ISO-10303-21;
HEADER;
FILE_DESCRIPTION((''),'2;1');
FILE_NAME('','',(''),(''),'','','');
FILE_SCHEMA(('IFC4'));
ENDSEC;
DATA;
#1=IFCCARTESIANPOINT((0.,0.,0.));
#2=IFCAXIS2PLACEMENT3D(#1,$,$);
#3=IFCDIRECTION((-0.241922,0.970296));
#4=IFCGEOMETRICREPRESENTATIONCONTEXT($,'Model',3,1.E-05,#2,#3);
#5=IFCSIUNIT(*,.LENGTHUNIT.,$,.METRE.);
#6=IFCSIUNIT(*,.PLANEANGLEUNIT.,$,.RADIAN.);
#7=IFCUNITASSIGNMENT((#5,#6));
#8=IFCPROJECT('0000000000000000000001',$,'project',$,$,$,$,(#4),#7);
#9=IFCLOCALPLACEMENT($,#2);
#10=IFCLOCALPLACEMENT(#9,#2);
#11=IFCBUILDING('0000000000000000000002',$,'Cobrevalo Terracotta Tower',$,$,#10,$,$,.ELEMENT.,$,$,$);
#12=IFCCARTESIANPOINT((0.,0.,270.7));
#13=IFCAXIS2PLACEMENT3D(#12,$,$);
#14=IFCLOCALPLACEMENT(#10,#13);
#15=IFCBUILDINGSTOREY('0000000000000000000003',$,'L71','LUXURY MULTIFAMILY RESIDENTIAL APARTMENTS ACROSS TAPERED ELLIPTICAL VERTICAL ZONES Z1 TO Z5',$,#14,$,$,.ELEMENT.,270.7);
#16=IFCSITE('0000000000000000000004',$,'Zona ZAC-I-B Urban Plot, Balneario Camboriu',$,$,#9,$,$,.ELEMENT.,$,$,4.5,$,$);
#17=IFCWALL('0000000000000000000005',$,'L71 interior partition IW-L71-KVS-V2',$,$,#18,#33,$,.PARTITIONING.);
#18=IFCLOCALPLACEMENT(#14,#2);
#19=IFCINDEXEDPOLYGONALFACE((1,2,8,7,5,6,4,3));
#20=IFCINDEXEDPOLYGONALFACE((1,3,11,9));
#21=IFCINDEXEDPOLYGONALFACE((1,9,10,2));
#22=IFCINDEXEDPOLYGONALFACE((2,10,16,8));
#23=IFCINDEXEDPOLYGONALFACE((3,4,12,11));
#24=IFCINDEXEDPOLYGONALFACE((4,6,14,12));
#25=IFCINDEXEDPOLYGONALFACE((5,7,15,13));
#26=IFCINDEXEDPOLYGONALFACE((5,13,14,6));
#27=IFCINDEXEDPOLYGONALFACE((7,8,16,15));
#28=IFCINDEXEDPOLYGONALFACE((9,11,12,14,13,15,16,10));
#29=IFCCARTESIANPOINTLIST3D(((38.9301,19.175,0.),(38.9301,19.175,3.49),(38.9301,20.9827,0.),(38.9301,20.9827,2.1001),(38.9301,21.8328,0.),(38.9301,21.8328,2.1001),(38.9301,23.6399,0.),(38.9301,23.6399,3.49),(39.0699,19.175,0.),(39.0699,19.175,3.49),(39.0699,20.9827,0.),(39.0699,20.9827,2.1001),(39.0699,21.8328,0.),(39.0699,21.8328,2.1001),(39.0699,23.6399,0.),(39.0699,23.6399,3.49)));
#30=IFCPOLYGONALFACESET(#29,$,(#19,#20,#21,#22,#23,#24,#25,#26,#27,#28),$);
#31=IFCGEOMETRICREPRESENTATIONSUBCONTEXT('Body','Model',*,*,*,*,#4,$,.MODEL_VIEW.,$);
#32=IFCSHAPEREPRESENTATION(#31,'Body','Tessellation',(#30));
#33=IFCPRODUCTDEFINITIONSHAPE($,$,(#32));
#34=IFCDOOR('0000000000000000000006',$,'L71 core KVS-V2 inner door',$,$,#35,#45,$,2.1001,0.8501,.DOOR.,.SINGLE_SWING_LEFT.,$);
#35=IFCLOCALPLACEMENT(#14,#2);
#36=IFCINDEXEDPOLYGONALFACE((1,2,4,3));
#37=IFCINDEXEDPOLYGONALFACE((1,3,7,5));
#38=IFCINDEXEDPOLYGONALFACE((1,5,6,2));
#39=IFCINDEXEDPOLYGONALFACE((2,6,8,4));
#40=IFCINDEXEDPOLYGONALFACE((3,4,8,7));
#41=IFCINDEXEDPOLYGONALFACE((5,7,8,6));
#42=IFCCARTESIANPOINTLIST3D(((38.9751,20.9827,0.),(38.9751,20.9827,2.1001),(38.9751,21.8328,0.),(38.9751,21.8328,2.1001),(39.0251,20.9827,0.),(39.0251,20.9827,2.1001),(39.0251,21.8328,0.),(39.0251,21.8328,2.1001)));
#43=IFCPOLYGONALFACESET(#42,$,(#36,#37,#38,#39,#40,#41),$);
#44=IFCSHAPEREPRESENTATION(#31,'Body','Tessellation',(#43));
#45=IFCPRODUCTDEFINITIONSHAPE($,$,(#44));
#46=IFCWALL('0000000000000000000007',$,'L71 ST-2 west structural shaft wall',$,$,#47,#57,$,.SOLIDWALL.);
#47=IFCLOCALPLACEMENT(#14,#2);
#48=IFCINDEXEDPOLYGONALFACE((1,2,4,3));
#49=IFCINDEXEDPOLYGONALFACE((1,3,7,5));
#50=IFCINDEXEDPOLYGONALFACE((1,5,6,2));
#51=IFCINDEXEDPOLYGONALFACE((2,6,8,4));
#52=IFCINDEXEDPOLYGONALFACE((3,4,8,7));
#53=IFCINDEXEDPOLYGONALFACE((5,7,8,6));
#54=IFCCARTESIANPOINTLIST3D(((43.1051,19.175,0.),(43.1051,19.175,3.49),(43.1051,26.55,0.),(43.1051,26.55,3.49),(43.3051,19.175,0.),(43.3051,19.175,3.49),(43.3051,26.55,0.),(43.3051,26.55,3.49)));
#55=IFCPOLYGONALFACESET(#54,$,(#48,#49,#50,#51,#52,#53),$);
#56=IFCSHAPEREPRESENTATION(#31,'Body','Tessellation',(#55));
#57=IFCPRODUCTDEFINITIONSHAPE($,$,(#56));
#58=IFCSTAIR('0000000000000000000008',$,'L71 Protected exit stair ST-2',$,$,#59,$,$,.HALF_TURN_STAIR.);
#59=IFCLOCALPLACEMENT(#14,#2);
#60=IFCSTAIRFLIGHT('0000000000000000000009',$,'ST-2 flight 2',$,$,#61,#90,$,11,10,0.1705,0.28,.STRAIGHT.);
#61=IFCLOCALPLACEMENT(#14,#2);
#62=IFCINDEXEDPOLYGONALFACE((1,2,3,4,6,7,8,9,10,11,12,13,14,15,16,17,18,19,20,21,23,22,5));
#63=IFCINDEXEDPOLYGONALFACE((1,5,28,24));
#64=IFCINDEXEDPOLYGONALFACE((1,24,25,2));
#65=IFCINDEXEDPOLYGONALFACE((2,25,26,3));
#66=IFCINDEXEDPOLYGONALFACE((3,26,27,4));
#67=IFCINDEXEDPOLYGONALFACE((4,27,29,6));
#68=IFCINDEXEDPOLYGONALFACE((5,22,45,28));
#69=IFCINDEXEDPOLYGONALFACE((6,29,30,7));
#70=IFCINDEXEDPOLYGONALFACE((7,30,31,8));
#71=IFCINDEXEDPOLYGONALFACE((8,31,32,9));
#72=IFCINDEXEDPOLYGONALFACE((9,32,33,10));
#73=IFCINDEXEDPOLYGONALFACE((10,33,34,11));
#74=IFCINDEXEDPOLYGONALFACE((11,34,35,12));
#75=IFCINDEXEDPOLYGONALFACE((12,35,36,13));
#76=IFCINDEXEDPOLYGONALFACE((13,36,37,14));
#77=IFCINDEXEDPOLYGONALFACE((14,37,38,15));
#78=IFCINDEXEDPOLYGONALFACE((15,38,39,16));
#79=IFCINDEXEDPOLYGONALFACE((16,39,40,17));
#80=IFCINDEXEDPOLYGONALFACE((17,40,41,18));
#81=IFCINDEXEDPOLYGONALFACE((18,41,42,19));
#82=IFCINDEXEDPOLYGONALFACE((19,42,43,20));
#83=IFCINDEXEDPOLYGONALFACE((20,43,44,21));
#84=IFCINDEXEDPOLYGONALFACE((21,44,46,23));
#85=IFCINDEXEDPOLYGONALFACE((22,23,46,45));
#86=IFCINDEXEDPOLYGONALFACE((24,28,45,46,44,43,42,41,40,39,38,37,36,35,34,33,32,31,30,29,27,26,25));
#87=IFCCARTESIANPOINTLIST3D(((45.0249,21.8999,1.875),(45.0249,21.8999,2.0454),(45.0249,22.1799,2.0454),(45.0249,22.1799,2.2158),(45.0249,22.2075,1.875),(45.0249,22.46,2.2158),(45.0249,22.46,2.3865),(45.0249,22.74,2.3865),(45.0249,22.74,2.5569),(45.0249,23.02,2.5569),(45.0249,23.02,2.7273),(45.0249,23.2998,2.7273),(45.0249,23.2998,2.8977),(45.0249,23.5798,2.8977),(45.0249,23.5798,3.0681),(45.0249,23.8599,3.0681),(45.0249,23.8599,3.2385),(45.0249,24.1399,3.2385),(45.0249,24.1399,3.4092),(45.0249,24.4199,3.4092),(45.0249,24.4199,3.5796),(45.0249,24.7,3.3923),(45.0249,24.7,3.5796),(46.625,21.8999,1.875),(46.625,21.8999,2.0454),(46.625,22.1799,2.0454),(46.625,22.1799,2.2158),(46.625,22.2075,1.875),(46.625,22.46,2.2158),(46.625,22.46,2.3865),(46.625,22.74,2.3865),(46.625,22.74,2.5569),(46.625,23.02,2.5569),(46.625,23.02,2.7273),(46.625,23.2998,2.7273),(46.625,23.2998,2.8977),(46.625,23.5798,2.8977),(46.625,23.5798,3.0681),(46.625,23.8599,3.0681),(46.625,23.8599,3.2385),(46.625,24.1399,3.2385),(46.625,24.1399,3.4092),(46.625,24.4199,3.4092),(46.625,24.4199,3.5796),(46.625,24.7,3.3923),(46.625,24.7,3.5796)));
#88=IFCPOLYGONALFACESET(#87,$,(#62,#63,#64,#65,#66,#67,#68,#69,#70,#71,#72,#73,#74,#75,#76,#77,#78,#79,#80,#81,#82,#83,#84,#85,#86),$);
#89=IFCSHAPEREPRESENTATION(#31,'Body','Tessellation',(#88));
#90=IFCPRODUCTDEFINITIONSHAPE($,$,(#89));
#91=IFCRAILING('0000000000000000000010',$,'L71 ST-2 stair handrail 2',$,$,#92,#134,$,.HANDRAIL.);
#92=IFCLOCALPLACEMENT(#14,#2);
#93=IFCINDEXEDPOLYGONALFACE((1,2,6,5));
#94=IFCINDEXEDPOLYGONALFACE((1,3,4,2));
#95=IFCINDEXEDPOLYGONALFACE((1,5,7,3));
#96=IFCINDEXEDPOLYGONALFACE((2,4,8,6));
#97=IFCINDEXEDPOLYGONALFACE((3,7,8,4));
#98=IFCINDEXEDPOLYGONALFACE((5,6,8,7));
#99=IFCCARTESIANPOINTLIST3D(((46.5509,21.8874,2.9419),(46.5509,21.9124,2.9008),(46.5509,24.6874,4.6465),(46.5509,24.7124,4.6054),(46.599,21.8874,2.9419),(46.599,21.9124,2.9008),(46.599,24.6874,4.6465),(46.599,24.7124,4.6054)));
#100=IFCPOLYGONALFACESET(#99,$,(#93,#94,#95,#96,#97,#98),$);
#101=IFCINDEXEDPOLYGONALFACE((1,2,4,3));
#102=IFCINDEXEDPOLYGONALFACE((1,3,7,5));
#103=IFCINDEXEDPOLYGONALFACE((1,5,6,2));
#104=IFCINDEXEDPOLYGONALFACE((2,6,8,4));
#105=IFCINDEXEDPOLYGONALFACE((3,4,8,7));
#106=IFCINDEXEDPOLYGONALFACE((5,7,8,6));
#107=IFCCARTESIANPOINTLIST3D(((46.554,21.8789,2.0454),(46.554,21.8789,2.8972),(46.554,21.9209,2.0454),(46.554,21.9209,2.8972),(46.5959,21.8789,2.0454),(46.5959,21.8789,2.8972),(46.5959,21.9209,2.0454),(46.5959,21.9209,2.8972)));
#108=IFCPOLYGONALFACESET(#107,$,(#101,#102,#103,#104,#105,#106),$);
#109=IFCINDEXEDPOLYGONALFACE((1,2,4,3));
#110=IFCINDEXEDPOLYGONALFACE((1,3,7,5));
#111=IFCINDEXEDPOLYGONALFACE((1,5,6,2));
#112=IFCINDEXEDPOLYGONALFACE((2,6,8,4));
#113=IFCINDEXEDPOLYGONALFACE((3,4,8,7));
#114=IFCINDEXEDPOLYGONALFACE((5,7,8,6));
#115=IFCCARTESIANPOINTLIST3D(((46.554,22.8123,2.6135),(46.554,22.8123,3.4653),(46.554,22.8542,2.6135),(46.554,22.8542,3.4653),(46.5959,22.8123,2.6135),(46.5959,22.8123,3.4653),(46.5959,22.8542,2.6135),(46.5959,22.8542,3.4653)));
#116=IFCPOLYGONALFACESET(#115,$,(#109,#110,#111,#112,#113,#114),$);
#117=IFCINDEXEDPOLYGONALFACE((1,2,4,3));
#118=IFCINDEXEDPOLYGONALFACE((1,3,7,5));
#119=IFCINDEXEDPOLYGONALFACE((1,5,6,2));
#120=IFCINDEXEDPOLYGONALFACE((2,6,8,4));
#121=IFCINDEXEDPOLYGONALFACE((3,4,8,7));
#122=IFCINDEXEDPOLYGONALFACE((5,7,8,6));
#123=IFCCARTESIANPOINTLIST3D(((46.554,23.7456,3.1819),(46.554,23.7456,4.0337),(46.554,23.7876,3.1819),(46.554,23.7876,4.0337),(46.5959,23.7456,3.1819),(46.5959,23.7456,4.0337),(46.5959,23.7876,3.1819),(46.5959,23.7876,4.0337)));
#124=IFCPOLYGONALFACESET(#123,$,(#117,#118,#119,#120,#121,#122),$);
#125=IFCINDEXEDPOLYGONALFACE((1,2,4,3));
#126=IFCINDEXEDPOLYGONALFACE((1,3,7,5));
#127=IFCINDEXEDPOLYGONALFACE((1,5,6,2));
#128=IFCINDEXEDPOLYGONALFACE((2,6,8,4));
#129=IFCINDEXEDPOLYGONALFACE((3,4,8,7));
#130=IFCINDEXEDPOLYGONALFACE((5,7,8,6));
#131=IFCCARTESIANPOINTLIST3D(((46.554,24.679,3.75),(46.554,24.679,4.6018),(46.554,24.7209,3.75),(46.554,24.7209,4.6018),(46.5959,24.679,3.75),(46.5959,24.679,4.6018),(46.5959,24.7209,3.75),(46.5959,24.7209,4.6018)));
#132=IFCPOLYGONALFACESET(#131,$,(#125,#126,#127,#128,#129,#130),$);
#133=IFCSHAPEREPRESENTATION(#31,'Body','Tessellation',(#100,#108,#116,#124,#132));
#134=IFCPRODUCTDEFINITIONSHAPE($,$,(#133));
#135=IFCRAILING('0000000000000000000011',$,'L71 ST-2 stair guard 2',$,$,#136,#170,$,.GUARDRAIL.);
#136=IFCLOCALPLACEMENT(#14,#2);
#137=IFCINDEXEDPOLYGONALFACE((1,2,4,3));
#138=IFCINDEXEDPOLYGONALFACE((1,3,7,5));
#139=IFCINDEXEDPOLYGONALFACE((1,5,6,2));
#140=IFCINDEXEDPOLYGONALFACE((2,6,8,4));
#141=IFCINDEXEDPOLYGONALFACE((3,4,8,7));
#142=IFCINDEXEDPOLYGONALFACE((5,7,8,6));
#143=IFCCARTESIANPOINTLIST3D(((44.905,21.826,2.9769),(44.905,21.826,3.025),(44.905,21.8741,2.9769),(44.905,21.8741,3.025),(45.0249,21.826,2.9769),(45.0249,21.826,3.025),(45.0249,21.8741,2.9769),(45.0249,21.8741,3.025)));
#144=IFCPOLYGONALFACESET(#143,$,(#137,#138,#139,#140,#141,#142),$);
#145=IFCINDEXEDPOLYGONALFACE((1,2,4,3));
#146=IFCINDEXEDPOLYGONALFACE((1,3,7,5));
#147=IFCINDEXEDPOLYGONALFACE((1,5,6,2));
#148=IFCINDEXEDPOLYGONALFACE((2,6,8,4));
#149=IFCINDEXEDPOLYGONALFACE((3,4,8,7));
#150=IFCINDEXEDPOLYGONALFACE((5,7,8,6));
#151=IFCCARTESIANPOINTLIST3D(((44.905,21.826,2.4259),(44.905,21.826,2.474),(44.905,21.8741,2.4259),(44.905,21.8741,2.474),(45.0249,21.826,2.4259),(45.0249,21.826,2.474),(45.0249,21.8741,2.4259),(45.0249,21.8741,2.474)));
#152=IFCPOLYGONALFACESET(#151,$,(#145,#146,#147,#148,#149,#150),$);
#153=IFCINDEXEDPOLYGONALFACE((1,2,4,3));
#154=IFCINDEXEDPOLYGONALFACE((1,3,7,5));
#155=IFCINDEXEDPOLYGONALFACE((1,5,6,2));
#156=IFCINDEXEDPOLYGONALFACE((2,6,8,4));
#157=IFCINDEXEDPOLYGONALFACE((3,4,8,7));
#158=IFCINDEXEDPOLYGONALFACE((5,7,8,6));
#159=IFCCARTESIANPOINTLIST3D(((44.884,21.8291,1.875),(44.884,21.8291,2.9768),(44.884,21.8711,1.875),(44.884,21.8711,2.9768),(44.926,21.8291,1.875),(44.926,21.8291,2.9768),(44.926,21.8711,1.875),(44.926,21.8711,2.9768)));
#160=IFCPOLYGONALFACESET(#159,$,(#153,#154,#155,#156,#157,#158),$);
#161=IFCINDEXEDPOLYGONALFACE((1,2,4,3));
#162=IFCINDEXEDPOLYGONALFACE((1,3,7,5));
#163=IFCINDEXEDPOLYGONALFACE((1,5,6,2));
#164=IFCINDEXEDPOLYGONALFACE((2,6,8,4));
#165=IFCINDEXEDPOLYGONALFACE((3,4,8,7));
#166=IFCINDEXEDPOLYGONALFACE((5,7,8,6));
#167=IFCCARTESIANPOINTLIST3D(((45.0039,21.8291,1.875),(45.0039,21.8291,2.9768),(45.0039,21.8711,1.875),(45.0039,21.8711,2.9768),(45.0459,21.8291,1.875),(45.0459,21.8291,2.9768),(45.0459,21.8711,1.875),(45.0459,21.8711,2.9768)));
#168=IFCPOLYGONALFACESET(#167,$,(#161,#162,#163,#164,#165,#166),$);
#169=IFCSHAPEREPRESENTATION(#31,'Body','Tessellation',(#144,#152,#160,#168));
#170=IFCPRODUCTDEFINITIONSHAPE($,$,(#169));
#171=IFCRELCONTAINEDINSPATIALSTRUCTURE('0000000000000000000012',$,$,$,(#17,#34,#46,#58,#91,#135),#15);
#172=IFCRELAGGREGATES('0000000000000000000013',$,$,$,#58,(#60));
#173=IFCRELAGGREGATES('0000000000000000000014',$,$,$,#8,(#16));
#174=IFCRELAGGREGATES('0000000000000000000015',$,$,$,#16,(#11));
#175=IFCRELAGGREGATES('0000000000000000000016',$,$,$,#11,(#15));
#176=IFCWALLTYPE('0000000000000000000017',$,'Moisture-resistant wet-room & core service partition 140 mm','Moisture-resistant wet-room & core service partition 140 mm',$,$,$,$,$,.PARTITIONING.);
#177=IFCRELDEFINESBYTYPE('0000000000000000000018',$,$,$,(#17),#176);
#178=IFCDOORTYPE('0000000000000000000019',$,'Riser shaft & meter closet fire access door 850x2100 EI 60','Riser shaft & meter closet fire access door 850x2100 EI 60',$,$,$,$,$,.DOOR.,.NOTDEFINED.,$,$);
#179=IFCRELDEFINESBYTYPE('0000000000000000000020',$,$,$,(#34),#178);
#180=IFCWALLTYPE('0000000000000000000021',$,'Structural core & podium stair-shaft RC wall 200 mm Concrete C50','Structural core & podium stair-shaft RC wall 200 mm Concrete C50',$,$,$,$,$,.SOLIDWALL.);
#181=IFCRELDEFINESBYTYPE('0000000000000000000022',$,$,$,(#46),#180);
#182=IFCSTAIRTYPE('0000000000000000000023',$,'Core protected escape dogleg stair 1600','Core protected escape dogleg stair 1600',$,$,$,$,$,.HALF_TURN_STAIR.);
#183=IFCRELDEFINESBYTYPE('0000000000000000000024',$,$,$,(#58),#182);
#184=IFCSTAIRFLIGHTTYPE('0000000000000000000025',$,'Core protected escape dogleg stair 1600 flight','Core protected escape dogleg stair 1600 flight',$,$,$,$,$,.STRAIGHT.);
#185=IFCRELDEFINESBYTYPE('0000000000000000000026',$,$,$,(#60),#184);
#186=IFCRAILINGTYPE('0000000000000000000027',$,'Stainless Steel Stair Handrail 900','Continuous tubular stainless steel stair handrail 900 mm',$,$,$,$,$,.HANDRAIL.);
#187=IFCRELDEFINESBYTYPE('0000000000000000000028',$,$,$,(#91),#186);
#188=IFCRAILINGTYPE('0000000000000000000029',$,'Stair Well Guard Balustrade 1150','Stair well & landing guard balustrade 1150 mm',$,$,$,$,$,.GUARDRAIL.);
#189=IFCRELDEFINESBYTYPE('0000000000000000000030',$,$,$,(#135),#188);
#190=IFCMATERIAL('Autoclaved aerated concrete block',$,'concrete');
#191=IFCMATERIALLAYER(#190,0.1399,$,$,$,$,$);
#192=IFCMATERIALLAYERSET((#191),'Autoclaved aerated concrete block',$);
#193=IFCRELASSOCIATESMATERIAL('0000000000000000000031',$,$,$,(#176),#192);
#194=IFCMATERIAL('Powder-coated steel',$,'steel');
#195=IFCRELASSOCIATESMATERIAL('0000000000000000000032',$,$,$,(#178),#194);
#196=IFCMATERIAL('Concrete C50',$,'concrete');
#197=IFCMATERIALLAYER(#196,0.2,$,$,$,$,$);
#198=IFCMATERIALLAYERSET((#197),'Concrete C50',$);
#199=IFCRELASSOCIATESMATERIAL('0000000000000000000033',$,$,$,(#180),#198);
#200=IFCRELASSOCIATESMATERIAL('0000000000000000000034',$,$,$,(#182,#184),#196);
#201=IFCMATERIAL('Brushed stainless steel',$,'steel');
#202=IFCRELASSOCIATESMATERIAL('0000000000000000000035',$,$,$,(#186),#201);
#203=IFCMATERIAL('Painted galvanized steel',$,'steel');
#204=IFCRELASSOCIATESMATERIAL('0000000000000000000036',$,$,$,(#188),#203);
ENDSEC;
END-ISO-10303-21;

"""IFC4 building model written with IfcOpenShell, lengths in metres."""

from ifc_helpers import new_model, si_unit, direction, frame, frame_2d, origin, origin_2d, place, context, subcontext, project, spatial, polyline, rectangle, outline, extrude, source, transform, mapped, material, layer, layer_set, type_object, element, fill, aggregate, save


model = new_model("IFC4")

# Units and contexts
model_context = context("Model", 3, precision=1e-05, world=origin(), true_north=direction((-0.241922, 0.970296)))
body_context = subcontext(model_context, "Body", "Model", "MODEL_VIEW")
ifc_project = project(units=[si_unit("LENGTHUNIT", "METRE"), si_unit("PLANEANGLEUNIT", "RADIAN")], contexts=[model_context])

# Site, building, storey
site_placement = place(None, origin())
site = spatial("IfcSite", under=ifc_project, at=site_placement, Name="Zona ZAC-I-B Urban Plot, Balneario Camboriu", CompositionType="ELEMENT", RefElevation=4.5)
building_placement = place(site_placement, origin())
building = spatial("IfcBuilding", under=site, at=building_placement, Name="Cobrevalo Terracotta Tower", CompositionType="ELEMENT")
storey_placement = place(building_placement, frame((0.0, 0.0, 270.7)))
storey = spatial("IfcBuildingStorey", under=building, at=storey_placement, Name="L71", Description="LUXURY MULTIFAMILY RESIDENTIAL APARTMENTS ACROSS TAPERED ELLIPTICAL VERTICAL ZONES Z1 TO Z5", CompositionType="ELEMENT", Elevation=270.7)

# Shared definitions
ifc_material_1 = material(Name="Autoclaved aerated concrete block", Category="concrete")

# Shared definitions
ifc_material_2 = material(Name="Concrete C50", Category="concrete")

# Shared definitions
ifc_layer_1 = layer(ifc_material_1, 0.1399)
ifc_layer_set_1 = layer_set([ifc_layer_1], Name="Autoclaved aerated concrete block")
wall_type_1 = type_object("IfcWallType", Name="Moisture-resistant wet-room & core service partition 140 mm", Description="Moisture-resistant wet-room & core service partition 140 mm", PredefinedType="PARTITIONING", material=ifc_layer_set_1)

# Wall, opening, door
ifc_material_3 = material(Name="Powder-coated steel", Category="steel")
door_type_1 = type_object("IfcDoorType", Name="Riser shaft & meter closet fire access door 850x2100 EI 60", Description="Riser shaft & meter closet fire access door 850x2100 EI 60", OperationType="NOTDEFINED", PredefinedType="DOOR", material=ifc_material_3)
shared_shape_1 = source(origin(), body_context, "Body", "SweptSolid", [
    extrude(rectangle(XDim=0.8501, YDim=2.1001, at=frame_2d((0.425, 1.05))), frame((0.0, 0.0249, 0.0), z_axis=(0.0, -1.0, 0.0), x_axis=(1.0, 0.0, 0.0)), (0.0, 0.0, 1.0), 0.05),
])
wall_1_placement = place(storey_placement, frame((39.0, 19.175, 0.0), z_axis=(0.0, 0.0, 1.0), x_axis=(0.0, 1.0, 0.0)))
wall_1 = element("IfcWall", 1, at=wall_1_placement, inside=storey, type_object=wall_type_1, Name="L71 interior partition IW-L71-KVS-V2", PredefinedType="PARTITIONING", context=body_context, shape_type="SweptSolid", body=[
    extrude(rectangle(XDim=4.4648, YDim=0.1399, at=frame_2d((2.2324, 0.0))), origin(), (0.0, 0.0, 1.0), 3.49),
])
opening_1_placement = place(wall_1_placement, frame((1.8076, 0.0, 0.0)))
opening_1 = element("IfcOpeningElement", 2, at=opening_1_placement, cuts=wall_1, PredefinedType="OPENING", context=body_context, shape_type="SweptSolid", body=[
    extrude(rectangle(XDim=0.8501, YDim=2.1001, at=frame_2d((0.425, 1.05))), frame((0.0, 0.0801, 0.0), z_axis=(0.0, -1.0, 0.0), x_axis=(1.0, 0.0, 0.0)), (0.0, 0.0, 1.0), 0.1599),
])
door_1_placement = place(opening_1_placement, origin())
door_1 = element("IfcDoor", 3, at=door_1_placement, inside=storey, type_object=door_type_1, Name="L71 core KVS-V2 inner door", OperationType="SINGLE_SWING_LEFT", OverallHeight=2.1001, OverallWidth=0.8501, PredefinedType="DOOR", context=body_context, shape_type="MappedRepresentation", body=[
    mapped(shared_shape_1, transform((0.0, 0.0, 0.0), scale=1.0)),
])
fill(opening_1, door_1)

# Wall
ifc_layer_2 = layer(ifc_material_2, 0.2)
ifc_layer_set_2 = layer_set([ifc_layer_2], Name="Concrete C50")
wall_type_2 = type_object("IfcWallType", Name="Structural core & podium stair-shaft RC wall 200 mm Concrete C50", Description="Structural core & podium stair-shaft RC wall 200 mm Concrete C50", PredefinedType="SOLIDWALL", material=ifc_layer_set_2)
wall_2_placement = place(storey_placement, frame((43.2051, 19.175, 0.0), z_axis=(0.0, 0.0, 1.0), x_axis=(0.0, 1.0, 0.0)))
element("IfcWall", 4, at=wall_2_placement, inside=storey, type_object=wall_type_2, Name="L71 ST-2 west structural shaft wall", PredefinedType="SOLIDWALL", context=body_context, shape_type="SweptSolid", body=[
    extrude(rectangle(XDim=7.375, YDim=0.2, at=frame_2d((3.6875, 0.0))), origin(), (0.0, 0.0, 1.0), 3.49),
])

# Stair, stair flight
stair_type = type_object("IfcStairType", Name="Core protected escape dogleg stair 1600", Description="Core protected escape dogleg stair 1600", PredefinedType="HALF_TURN_STAIR", material=ifc_material_2)
stair_placement = place(storey_placement, origin())
stair = element("IfcStair", 5, at=stair_placement, inside=storey, type_object=stair_type, Name="L71 Protected exit stair ST-2", PredefinedType="HALF_TURN_STAIR")
stair_flight_type = type_object("IfcStairFlightType", Name="Core protected escape dogleg stair 1600 flight", Description="Core protected escape dogleg stair 1600 flight", PredefinedType="STRAIGHT", material=ifc_material_2)
stair_flight_placement = place(storey_placement, frame((45.825, 21.8999, 1.875), z_axis=(0.0, 0.0, 1.0), x_axis=(0.0, 1.0, 0.0)))
stair_flight = element("IfcStairFlight", 6, at=stair_flight_placement, type_object=stair_flight_type, Name="ST-2 flight 2", NumberOfRisers=11, NumberOfTreads=10, PredefinedType="STRAIGHT", RiserHeight=0.1705, TreadLength=0.28, context=body_context, shape_type="SweptSolid", body=[
    extrude(outline(polyline([(0.0, 0.0), (0.0, 0.1704), (0.28, 0.1704), (0.28, 0.3408), (0.5601, 0.3408), (0.5601, 0.5115), (0.8401, 0.5115), (0.8401, 0.6819), (1.1201, 0.6819), (1.1201, 0.8523), (1.3999, 0.8523), (1.3999, 1.0227), (1.6799, 1.0227), (1.6799, 1.1931), (1.96, 1.1931), (1.96, 1.3635), (2.24, 1.3635), (2.24, 1.5342), (2.52, 1.5342), (2.52, 1.7046), (2.8, 1.7046), (2.8, 1.875), (2.8, 1.5173), (0.3076, 0.0), (0.0, 0.0)])), frame((0.0, 0.8, 0.0), z_axis=(0.0, -1.0, 0.0), x_axis=(1.0, 0.0, 0.0)), (0.0, 0.0, 1.0), 1.6001),
])
aggregate(stair, [stair_flight])

# Railings
ifc_material_4 = material(Name="Brushed stainless steel", Category="steel")
railing_type_1 = type_object("IfcRailingType", Name="Stainless Steel Stair Handrail 900", Description="Continuous tubular stainless steel stair handrail 900 mm", PredefinedType="HANDRAIL", material=ifc_material_4)
railing_1_placement = place(storey_placement, frame((46.575, 21.8999, 2.0454)))
element("IfcRailing", 7, at=railing_1_placement, inside=storey, type_object=railing_type_1, Name="L71 ST-2 stair handrail 2", PredefinedType="HANDRAIL", context=body_context, shape_type="SweptSolid", body=[
    extrude(rectangle(XDim=0.0481, YDim=0.0481, at=origin_2d()), frame((0.0, 0.0, 0.876), z_axis=(0.0, 0.85417, 0.519994), x_axis=(-1.0, 0.0, 0.0)), (0.0, 0.0, 1.0), 3.2781),
    extrude(rectangle(XDim=0.042, YDim=0.042, at=origin_2d()), origin(), (0.0, 0.0, 1.0), 0.8518),
    extrude(rectangle(XDim=0.042, YDim=0.042, at=origin_2d()), frame((0.0, 0.9333, 0.5681)), (0.0, 0.0, 1.0), 0.8518),
    extrude(rectangle(XDim=0.042, YDim=0.042, at=origin_2d()), frame((0.0, 1.8667, 1.1365)), (0.0, 0.0, 1.0), 0.8518),
    extrude(rectangle(XDim=0.042, YDim=0.042, at=origin_2d()), frame((0.0, 2.8, 1.7046)), (0.0, 0.0, 1.0), 0.8518),
])
ifc_material_5 = material(Name="Painted galvanized steel", Category="steel")
railing_type_2 = type_object("IfcRailingType", Name="Stair Well Guard Balustrade 1150", Description="Stair well & landing guard balustrade 1150 mm", PredefinedType="GUARDRAIL", material=ifc_material_5)
railing_2_placement = place(storey_placement, frame((44.905, 21.8501, 1.875)))
element("IfcRailing", 8, at=railing_2_placement, inside=storey, type_object=railing_type_2, Name="L71 ST-2 stair guard 2", PredefinedType="GUARDRAIL", context=body_context, shape_type="SweptSolid", body=[
    extrude(rectangle(XDim=0.0481, YDim=0.0481, at=origin_2d()), frame((0.0, 0.0, 1.126), z_axis=(1.0, 0.0, 0.0), x_axis=(0.0, 1.0, 0.0)), (0.0, 0.0, 1.0), 0.1199),
    extrude(rectangle(XDim=0.0481, YDim=0.0481, at=origin_2d()), frame((0.0, 0.0, 0.575), z_axis=(1.0, 0.0, 0.0), x_axis=(0.0, 1.0, 0.0)), (0.0, 0.0, 1.0), 0.1199),
    extrude(rectangle(XDim=0.042, YDim=0.042, at=origin_2d()), origin(), (0.0, 0.0, 1.0), 1.1018),
    extrude(rectangle(XDim=0.042, YDim=0.042, at=origin_2d()), frame((0.1199, 0.0, 0.0)), (0.0, 0.0, 1.0), 1.1018),
])

save(model, "model.ifc")
